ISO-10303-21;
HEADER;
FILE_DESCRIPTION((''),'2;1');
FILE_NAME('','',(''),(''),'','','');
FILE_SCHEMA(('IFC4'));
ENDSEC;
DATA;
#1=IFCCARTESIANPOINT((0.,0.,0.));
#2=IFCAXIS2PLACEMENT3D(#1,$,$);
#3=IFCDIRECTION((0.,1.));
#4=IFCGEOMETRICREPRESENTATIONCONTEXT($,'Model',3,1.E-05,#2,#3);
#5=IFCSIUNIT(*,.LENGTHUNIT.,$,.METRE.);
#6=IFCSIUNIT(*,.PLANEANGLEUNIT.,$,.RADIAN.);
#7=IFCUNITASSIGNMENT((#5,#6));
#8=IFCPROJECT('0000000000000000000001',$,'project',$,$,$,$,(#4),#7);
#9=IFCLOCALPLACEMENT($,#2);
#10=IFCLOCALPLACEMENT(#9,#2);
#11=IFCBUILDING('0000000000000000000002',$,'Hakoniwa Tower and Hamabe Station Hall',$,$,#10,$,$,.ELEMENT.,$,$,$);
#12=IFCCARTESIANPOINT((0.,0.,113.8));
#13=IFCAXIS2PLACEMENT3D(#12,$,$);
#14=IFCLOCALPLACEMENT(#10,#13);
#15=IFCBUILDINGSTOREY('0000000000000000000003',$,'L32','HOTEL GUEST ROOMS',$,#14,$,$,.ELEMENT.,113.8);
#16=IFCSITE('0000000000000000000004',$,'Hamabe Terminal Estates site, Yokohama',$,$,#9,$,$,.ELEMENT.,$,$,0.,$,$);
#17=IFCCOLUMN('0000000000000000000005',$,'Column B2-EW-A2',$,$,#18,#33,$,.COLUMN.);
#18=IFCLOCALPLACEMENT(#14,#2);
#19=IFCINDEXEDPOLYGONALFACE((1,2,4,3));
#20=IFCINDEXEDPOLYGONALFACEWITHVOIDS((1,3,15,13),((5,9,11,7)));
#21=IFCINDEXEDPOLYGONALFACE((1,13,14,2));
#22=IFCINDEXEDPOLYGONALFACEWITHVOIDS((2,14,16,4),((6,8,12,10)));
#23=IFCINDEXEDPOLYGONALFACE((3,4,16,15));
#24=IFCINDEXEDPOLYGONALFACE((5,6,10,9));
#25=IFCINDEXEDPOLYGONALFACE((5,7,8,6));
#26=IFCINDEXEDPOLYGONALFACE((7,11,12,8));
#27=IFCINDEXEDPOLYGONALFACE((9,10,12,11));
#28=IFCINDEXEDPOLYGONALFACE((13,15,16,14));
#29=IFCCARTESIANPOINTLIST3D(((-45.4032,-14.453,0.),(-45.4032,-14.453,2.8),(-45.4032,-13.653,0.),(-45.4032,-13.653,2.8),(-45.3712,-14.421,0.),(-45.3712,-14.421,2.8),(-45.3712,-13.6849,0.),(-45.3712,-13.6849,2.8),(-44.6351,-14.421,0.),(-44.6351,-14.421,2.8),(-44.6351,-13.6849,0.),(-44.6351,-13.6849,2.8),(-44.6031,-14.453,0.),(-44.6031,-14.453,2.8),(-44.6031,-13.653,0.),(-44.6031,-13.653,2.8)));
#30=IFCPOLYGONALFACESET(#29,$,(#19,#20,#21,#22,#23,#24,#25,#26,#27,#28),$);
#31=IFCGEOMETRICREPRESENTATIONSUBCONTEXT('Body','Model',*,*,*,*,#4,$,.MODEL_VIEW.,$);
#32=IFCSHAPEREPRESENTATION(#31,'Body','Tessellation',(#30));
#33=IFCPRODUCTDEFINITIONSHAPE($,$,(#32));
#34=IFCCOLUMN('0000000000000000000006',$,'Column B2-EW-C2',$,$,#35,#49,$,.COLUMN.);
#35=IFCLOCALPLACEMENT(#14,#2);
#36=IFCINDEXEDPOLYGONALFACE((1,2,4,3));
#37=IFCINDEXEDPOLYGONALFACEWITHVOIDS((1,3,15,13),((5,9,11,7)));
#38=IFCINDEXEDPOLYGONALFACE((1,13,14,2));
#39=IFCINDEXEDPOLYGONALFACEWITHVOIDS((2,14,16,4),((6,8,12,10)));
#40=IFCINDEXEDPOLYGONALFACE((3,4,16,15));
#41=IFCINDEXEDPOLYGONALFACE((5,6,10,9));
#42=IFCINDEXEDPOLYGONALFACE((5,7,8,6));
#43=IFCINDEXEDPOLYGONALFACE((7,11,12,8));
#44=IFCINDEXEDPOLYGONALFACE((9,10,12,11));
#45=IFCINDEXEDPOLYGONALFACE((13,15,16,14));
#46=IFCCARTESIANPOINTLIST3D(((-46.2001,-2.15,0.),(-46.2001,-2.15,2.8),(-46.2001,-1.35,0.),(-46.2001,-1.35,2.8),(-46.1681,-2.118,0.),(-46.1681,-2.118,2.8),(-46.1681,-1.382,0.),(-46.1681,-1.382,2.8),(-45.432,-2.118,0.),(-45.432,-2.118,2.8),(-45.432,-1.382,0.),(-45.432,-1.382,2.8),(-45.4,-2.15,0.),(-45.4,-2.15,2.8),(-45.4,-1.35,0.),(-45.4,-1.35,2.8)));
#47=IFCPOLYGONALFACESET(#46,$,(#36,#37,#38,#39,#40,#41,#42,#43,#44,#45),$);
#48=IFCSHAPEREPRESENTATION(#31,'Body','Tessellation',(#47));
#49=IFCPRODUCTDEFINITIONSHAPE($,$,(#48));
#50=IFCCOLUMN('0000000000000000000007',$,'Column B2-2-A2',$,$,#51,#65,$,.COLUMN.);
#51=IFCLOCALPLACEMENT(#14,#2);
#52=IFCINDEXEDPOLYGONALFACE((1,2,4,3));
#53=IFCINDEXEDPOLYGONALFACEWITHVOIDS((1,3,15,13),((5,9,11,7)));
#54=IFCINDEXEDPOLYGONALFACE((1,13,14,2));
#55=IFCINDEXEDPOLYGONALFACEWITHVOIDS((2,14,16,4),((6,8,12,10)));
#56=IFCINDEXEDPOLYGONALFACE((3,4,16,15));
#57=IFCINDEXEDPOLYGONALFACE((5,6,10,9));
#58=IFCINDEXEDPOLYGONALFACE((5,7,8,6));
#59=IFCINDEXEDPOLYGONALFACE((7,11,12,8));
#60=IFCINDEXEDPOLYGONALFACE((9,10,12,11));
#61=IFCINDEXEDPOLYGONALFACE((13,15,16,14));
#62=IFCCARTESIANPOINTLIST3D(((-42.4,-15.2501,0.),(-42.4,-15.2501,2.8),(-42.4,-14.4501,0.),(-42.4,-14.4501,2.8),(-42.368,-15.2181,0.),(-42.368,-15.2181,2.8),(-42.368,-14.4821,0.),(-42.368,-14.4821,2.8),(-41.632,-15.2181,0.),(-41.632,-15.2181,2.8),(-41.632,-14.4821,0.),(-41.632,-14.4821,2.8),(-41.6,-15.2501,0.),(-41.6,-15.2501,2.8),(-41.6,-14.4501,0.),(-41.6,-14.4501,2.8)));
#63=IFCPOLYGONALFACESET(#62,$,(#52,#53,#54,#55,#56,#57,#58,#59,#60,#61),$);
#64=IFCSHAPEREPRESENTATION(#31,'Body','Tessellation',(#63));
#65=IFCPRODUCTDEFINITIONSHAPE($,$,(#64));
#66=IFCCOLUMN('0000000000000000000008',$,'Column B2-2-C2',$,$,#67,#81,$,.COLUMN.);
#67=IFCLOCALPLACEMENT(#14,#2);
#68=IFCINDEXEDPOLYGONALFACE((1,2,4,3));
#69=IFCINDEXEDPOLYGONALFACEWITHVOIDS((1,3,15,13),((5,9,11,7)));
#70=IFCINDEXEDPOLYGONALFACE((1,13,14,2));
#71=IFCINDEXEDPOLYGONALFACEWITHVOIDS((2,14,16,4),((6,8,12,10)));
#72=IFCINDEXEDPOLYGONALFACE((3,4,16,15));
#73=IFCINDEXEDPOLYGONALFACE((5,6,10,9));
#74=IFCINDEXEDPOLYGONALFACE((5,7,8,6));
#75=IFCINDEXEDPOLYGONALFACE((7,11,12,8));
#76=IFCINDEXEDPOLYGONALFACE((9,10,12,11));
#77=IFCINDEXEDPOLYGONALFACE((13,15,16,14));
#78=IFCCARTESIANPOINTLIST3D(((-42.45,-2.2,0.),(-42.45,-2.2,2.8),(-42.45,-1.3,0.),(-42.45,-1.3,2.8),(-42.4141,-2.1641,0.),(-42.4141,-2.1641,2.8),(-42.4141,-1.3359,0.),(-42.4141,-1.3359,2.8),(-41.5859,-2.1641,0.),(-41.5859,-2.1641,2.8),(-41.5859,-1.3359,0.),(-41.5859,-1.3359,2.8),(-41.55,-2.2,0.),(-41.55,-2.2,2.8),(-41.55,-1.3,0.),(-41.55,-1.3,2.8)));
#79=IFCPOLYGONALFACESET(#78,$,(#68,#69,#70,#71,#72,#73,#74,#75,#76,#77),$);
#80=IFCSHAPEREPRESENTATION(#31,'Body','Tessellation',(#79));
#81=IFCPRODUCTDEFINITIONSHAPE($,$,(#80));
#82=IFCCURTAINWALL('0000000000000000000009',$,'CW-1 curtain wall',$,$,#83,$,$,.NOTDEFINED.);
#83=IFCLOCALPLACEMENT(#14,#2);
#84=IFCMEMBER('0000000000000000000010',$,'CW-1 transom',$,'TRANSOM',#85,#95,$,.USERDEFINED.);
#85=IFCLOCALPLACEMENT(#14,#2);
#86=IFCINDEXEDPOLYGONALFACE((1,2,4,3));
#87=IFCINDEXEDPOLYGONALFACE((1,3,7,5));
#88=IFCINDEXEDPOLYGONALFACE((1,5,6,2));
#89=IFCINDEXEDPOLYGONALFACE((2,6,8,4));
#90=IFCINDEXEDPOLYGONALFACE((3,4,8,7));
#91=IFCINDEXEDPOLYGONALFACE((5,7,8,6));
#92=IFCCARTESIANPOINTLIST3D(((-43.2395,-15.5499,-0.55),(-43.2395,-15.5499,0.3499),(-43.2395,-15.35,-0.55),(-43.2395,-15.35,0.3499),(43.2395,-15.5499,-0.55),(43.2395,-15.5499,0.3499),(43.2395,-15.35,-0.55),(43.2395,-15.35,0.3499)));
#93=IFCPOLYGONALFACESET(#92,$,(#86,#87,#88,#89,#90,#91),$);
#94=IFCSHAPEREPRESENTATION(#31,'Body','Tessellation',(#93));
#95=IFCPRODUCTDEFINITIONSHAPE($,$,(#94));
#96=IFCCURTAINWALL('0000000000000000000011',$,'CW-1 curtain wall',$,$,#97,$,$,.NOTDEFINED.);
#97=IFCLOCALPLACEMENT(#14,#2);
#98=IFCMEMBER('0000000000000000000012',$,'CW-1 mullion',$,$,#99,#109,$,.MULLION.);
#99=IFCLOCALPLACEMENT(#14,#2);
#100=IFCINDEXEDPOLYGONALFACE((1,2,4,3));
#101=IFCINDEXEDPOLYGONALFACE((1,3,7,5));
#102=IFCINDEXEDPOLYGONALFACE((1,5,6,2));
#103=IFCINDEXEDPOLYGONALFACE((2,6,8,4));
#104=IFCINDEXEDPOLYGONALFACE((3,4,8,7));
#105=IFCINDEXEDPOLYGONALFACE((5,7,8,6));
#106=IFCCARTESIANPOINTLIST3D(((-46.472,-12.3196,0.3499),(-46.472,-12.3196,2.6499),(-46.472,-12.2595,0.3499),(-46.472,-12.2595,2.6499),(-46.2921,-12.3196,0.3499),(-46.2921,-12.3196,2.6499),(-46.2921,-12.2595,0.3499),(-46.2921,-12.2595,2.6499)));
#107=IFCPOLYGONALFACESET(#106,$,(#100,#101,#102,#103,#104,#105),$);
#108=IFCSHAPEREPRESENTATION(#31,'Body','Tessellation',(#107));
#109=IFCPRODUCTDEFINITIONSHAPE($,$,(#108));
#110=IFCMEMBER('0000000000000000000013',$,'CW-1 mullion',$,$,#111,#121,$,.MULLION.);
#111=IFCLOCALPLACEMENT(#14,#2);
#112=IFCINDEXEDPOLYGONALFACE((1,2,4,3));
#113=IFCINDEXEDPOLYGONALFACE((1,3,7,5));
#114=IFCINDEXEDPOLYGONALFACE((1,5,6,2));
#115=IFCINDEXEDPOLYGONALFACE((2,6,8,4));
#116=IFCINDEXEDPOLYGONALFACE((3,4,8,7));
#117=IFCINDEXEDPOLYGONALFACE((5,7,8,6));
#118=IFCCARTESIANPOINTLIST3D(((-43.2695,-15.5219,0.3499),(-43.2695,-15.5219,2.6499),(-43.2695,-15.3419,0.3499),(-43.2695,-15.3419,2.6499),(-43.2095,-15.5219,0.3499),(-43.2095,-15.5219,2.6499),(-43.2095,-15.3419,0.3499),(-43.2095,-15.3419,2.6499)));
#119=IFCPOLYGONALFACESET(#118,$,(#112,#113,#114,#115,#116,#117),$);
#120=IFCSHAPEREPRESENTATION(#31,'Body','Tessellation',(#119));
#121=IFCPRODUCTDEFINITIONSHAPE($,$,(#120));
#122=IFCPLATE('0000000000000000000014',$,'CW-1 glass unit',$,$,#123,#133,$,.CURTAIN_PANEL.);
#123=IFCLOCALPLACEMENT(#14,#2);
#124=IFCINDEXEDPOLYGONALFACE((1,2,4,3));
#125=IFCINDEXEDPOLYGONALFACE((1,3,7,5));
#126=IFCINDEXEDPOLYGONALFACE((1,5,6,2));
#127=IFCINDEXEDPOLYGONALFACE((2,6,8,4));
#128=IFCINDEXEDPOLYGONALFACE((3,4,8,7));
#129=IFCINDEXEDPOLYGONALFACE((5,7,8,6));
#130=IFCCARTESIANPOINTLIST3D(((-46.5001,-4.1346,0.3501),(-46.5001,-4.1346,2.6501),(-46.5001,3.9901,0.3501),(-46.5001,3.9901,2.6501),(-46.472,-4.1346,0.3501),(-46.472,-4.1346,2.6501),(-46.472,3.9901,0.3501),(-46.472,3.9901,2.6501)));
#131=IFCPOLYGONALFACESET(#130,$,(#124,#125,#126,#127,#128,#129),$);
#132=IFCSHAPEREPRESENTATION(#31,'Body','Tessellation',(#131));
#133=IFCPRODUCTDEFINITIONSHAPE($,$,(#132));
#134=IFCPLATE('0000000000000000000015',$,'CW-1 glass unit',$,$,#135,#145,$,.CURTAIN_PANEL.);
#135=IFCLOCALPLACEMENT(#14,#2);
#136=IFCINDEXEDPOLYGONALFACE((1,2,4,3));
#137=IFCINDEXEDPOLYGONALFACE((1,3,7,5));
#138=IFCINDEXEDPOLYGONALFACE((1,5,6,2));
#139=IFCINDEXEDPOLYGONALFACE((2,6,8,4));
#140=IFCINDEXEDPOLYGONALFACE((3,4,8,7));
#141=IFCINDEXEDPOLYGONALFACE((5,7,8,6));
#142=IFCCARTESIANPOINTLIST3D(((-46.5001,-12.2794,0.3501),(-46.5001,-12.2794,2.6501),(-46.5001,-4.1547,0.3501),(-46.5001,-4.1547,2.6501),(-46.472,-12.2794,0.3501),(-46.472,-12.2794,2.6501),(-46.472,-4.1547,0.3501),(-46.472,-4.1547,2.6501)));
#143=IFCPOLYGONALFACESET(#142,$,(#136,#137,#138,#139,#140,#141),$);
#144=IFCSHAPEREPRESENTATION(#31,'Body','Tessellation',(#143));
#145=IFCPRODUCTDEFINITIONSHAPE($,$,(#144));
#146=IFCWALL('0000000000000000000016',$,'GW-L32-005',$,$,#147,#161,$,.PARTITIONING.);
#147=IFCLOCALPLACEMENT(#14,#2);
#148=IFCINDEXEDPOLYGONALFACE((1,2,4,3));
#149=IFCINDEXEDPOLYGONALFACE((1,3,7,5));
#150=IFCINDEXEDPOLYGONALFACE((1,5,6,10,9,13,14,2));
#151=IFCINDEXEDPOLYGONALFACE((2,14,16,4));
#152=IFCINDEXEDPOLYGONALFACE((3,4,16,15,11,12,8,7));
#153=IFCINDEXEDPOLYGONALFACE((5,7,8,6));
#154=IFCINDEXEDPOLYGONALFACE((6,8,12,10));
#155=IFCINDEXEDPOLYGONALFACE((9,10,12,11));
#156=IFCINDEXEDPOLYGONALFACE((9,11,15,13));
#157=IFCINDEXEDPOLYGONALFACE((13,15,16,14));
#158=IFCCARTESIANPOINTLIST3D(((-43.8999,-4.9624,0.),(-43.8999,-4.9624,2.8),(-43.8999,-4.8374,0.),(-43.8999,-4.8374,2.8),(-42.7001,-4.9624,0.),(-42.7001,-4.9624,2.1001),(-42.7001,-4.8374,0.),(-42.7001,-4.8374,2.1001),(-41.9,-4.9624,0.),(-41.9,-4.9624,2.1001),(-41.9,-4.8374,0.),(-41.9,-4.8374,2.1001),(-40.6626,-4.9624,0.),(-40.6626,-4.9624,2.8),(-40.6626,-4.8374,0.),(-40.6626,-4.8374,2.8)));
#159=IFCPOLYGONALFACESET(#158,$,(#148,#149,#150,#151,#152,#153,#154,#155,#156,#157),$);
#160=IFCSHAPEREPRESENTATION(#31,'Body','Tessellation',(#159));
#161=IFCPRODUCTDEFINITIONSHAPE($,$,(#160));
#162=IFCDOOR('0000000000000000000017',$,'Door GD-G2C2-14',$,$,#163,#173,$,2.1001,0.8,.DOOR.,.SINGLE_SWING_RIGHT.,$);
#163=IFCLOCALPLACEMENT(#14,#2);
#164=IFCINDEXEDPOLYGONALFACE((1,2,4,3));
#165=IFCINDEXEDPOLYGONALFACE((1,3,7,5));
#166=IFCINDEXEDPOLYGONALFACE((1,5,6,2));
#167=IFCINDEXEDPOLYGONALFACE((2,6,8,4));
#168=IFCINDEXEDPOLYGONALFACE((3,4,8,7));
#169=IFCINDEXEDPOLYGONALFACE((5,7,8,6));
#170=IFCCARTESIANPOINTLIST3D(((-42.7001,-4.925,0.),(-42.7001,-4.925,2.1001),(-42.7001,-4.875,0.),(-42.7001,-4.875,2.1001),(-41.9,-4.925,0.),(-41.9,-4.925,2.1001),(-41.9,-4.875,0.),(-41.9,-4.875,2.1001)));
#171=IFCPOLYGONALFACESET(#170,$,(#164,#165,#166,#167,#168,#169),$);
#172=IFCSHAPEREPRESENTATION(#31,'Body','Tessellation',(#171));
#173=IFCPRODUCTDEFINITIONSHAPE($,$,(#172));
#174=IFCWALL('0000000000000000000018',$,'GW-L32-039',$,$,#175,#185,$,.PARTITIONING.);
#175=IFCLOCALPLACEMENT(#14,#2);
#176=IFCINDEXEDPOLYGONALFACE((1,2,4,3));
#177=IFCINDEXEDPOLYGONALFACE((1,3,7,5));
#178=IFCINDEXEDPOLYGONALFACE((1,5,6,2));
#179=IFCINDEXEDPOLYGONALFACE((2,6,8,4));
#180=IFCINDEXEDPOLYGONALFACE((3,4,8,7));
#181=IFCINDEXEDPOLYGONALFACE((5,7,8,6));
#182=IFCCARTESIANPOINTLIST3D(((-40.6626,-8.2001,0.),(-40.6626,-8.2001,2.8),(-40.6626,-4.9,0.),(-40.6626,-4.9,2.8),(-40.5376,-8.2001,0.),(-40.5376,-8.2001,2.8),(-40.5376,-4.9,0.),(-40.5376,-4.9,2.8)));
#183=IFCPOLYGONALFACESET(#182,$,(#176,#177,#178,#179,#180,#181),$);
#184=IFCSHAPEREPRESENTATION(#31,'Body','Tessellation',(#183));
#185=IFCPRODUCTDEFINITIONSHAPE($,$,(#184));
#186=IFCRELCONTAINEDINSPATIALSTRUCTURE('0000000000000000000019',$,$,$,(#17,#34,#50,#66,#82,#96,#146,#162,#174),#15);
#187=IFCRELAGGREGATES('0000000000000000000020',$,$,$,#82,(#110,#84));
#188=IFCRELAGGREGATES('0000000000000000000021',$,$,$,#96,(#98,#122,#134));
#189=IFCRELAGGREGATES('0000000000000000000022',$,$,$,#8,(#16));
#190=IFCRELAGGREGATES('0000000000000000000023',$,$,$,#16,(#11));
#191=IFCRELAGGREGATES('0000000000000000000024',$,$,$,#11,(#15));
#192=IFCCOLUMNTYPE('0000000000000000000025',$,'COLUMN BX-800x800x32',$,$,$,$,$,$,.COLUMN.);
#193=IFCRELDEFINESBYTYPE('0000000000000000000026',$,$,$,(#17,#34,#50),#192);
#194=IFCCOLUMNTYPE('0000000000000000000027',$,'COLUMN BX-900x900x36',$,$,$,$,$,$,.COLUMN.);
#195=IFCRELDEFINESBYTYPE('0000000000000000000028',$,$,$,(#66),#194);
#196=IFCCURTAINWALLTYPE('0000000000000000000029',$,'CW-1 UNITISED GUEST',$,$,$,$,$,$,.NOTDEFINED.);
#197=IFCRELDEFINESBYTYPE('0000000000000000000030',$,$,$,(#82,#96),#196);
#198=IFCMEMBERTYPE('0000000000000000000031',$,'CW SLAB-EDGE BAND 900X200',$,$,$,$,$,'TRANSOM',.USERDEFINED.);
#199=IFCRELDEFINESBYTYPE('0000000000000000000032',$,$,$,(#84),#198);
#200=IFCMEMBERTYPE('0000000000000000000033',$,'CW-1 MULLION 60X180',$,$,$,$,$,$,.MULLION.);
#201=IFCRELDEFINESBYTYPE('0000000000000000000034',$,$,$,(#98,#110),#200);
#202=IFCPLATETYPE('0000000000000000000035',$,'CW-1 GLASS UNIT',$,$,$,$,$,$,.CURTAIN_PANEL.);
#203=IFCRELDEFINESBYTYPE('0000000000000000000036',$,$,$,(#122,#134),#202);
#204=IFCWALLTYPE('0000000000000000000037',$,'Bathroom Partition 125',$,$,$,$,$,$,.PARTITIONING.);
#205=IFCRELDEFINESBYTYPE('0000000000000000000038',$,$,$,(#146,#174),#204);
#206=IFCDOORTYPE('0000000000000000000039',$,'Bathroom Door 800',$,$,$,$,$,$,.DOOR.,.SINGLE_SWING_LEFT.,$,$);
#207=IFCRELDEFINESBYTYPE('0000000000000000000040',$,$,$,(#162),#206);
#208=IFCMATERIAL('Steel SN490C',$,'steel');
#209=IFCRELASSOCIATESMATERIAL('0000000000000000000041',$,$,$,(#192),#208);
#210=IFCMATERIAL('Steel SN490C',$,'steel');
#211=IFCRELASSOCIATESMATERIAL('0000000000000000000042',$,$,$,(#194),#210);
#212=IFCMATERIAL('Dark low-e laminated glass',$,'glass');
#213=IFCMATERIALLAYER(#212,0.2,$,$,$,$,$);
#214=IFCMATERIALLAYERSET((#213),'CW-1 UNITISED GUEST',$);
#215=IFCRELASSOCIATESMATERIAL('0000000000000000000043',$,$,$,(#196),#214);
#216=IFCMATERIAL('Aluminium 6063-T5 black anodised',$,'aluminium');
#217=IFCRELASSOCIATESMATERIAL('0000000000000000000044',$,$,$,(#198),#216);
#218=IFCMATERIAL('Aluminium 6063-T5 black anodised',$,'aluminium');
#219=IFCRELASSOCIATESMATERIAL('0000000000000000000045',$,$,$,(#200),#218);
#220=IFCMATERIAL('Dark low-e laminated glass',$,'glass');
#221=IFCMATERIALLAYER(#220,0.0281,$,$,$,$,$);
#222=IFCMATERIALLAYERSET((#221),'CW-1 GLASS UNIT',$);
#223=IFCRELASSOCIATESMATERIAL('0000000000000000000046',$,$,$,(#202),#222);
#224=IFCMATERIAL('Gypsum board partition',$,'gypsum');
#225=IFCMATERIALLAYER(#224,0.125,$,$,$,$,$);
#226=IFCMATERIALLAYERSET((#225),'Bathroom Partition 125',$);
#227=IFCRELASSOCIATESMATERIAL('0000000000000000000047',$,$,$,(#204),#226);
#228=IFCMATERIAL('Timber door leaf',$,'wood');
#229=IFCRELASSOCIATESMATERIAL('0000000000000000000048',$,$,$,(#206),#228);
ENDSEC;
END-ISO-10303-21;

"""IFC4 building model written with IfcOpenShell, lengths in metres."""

from ifc_helpers import new_model, si_unit, direction, frame, frame_2d, origin, origin_2d, place, context, subcontext, project, spatial, rectangle, hollow_rectangle, extrude, material, layer, layer_set, material_profile, profile_set, type_object, element, fill, aggregate, save


model = new_model("IFC4")

# Units and contexts
model_context = context("Model", 3, precision=1e-05, world=origin(), true_north=direction((0.0, 1.0)))
body_context = subcontext(model_context, "Body", "Model", "MODEL_VIEW")
ifc_project = project(units=[si_unit("LENGTHUNIT", "METRE"), si_unit("PLANEANGLEUNIT", "RADIAN")], contexts=[model_context])

# Site, building, storey
site_placement = place(None, origin())
site = spatial("IfcSite", under=ifc_project, at=site_placement, Name="Hamabe Terminal Estates site, Yokohama", CompositionType="ELEMENT", RefElevation=0.0)
building_placement = place(site_placement, origin())
building = spatial("IfcBuilding", under=site, at=building_placement, Name="Hakoniwa Tower and Hamabe Station Hall", CompositionType="ELEMENT")
storey_placement = place(building_placement, frame((0.0, 0.0, 113.8)))
storey = spatial("IfcBuildingStorey", under=building, at=storey_placement, Name="L32", Description="HOTEL GUEST ROOMS", CompositionType="ELEMENT", Elevation=113.8)

# Columns
ifc_material_1 = material(Name="Steel SN490C", Category="steel")
ifc_material_profile_1 = material_profile(ifc_material_1, hollow_rectangle(XDim=0.8, YDim=0.8, WallThickness=0.032, at=origin_2d()), Name="BX-800x800x32")
ifc_profile_set_1 = profile_set([ifc_material_profile_1], Name="Steel SN490C")
column_type_1 = type_object("IfcColumnType", Name="COLUMN BX-800x800x32", PredefinedType="COLUMN", material=ifc_profile_set_1)
for number, where, z_axis, x_axis, name in (
    (1, (-45.0032, -14.053, 0.0), (0.0, 0.0, 1.0), (1.0, 0.0, 0.0), "Column B2-EW-A2"),
    (2, (-45.8, -1.75, 0.0), (0.0, 0.0, 1.0), (1.0, 0.0, 0.0), "Column B2-EW-C2"),
    (3, (-42.0, -14.8501, 0.0), (0.0, 0.0, 1.0), (1.0, 0.0, 0.0), "Column B2-2-A2"),
):
    element("IfcColumn", number, at=place(storey_placement, frame(where, z_axis=z_axis, x_axis=x_axis)), inside=storey, type_object=column_type_1, Name=name, PredefinedType="COLUMN", context=body_context, shape_type="SweptSolid", body=[
        extrude(hollow_rectangle(XDim=0.8, YDim=0.8, WallThickness=0.032, at=origin_2d()), origin(), (0.0, 0.0, 1.0), 2.8),
    ])
ifc_material_2 = material(Name="Steel SN490C", Category="steel")
ifc_material_profile_2 = material_profile(ifc_material_2, hollow_rectangle(XDim=0.8999, YDim=0.8999, WallThickness=0.0359, at=origin_2d()), Name="BX-900x900x36")
ifc_profile_set_2 = profile_set([ifc_material_profile_2], Name="Steel SN490C")
column_type_2 = type_object("IfcColumnType", Name="COLUMN BX-900x900x36", PredefinedType="COLUMN", material=ifc_profile_set_2)
column_placement = place(storey_placement, frame((-42.0, -1.75, 0.0), z_axis=(0.0, 0.0, 1.0), x_axis=(1.0, 0.0, 0.0)))
element("IfcColumn", 4, at=column_placement, inside=storey, type_object=column_type_2, Name="Column B2-2-C2", PredefinedType="COLUMN", context=body_context, shape_type="SweptSolid", body=[
    extrude(hollow_rectangle(XDim=0.8999, YDim=0.8999, WallThickness=0.0359, at=origin_2d()), origin(), (0.0, 0.0, 1.0), 2.8),
])

# Curtain walls, members
ifc_material_3 = material(Name="Dark low-e laminated glass", Category="glass")
ifc_layer_1 = layer(ifc_material_3, 0.2)
ifc_layer_set_1 = layer_set([ifc_layer_1], Name="CW-1 UNITISED GUEST")
curtain_wall_type = type_object("IfcCurtainWallType", Name="CW-1 UNITISED GUEST", PredefinedType="NOTDEFINED", material=ifc_layer_set_1)
curtain_wall_1_placement = place(storey_placement, origin())
curtain_wall_1 = element("IfcCurtainWall", 5, at=curtain_wall_1_placement, inside=storey, type_object=curtain_wall_type, Name="CW-1 curtain wall", PredefinedType="NOTDEFINED")
ifc_material_4 = material(Name="Aluminium 6063-T5 black anodised", Category="aluminium")
ifc_material_profile_3 = material_profile(ifc_material_4, rectangle(XDim=0.2, YDim=0.8999, at=origin_2d()), Name="CW SLAB-EDGE BAND 900X200")
ifc_profile_set_3 = profile_set([ifc_material_profile_3], Name="Aluminium 6063-T5 black anodised")
member_type_1 = type_object("IfcMemberType", Name="CW SLAB-EDGE BAND 900X200", ElementType="TRANSOM", PredefinedType="USERDEFINED", material=ifc_profile_set_3)
member_1_placement = place(storey_placement, frame((-43.2395, -15.45, -0.1001), z_axis=(1.0, 0.0, 0.0), x_axis=(0.0, 1.0, 0.0)))
member_1 = element("IfcMember", 6, at=member_1_placement, type_object=member_type_1, Name="CW-1 transom", ObjectType="TRANSOM", PredefinedType="USERDEFINED", context=body_context, shape_type="SweptSolid", body=[
    extrude(rectangle(XDim=0.2, YDim=0.8999, at=origin_2d()), origin(), (0.0, 0.0, 1.0), 86.479),
])
curtain_wall_2_placement = place(storey_placement, origin())
curtain_wall_2 = element("IfcCurtainWall", 7, at=curtain_wall_2_placement, inside=storey, type_object=curtain_wall_type, Name="CW-1 curtain wall", PredefinedType="NOTDEFINED")
ifc_material_5 = material(Name="Aluminium 6063-T5 black anodised", Category="aluminium")
ifc_material_profile_4 = material_profile(ifc_material_5, rectangle(XDim=0.0601, YDim=0.1799, at=origin_2d()), Name="CW-1 MULLION 60X180")
ifc_profile_set_4 = profile_set([ifc_material_profile_4], Name="Aluminium 6063-T5 black anodised")
member_type_2 = type_object("IfcMemberType", Name="CW-1 MULLION 60X180", PredefinedType="MULLION", material=ifc_profile_set_4)
member_2_placement = place(storey_placement, frame((-46.3821, -12.2896, 0.3499), z_axis=(0.0, 0.0, 1.0), x_axis=(0.0, -1.0, 0.0)))
member_2 = element("IfcMember", 8, at=member_2_placement, type_object=member_type_2, Name="CW-1 mullion", PredefinedType="MULLION", context=body_context, shape_type="SweptSolid", body=[
    extrude(rectangle(XDim=0.0601, YDim=0.1799, at=origin_2d()), origin(), (0.0, 0.0, 1.0), 2.3),
])

# Member
member_3_placement = place(storey_placement, frame((-43.2395, -15.4319, 0.3499), z_axis=(0.0, 0.0, 1.0), x_axis=(1.0, 0.0, 0.0)))
member_3 = element("IfcMember", 9, at=member_3_placement, type_object=member_type_2, Name="CW-1 mullion", PredefinedType="MULLION", context=body_context, shape_type="SweptSolid", body=[
    extrude(rectangle(XDim=0.0601, YDim=0.1799, at=origin_2d()), origin(), (0.0, 0.0, 1.0), 2.3),
])
aggregate(curtain_wall_1, [member_3, member_1])

# Plates
ifc_material_6 = material(Name="Dark low-e laminated glass", Category="glass")
ifc_layer_2 = layer(ifc_material_6, 0.0281)
ifc_layer_set_2 = layer_set([ifc_layer_2], Name="CW-1 GLASS UNIT")
plate_type = type_object("IfcPlateType", Name="CW-1 GLASS UNIT", PredefinedType="CURTAIN_PANEL", material=ifc_layer_set_2)
plate_1_placement = place(storey_placement, frame((-46.4861, -0.0723, 0.3501), z_axis=(0.0, 0.0, 1.0), x_axis=(0.0, -1.0, 0.0)))
plate_1 = element("IfcPlate", 10, at=plate_1_placement, type_object=plate_type, Name="CW-1 glass unit", PredefinedType="CURTAIN_PANEL", context=body_context, shape_type="SweptSolid", body=[
    extrude(rectangle(XDim=8.1248, YDim=0.0281, at=origin_2d()), origin(), (0.0, 0.0, 1.0), 2.3),
])
plate_2_placement = place(storey_placement, frame((-46.4861, -8.217, 0.3501), z_axis=(0.0, 0.0, 1.0), x_axis=(0.0, -1.0, 0.0)))
plate_2 = element("IfcPlate", 11, at=plate_2_placement, type_object=plate_type, Name="CW-1 glass unit", PredefinedType="CURTAIN_PANEL", context=body_context, shape_type="SweptSolid", body=[
    extrude(rectangle(XDim=8.1248, YDim=0.0281, at=origin_2d()), origin(), (0.0, 0.0, 1.0), 2.3),
])
aggregate(curtain_wall_2, [member_2, plate_1, plate_2])

# Wall, opening, door
ifc_material_7 = material(Name="Gypsum board partition", Category="gypsum")
ifc_layer_3 = layer(ifc_material_7, 0.125)
ifc_layer_set_3 = layer_set([ifc_layer_3], Name="Bathroom Partition 125")
wall_type_1 = type_object("IfcWallType", Name="Bathroom Partition 125", PredefinedType="PARTITIONING", material=ifc_layer_set_3)
wall_1_placement = place(storey_placement, frame((-43.8999, -4.8999, 0.0), z_axis=(0.0, 0.0, 1.0), x_axis=(1.0, 0.0, 0.0)))
wall_1 = element("IfcWall", 12, at=wall_1_placement, inside=storey, type_object=wall_type_1, Name="GW-L32-005", PredefinedType="PARTITIONING", context=body_context, shape_type="SweptSolid", body=[
    extrude(rectangle(XDim=3.2373, YDim=0.125, at=frame_2d((1.6187, 0.0))), origin(), (0.0, 0.0, 1.0), 2.8),
])
opening_1_placement = place(wall_1_placement, frame((1.2, 0.0, 0.0)))
opening_1 = element("IfcOpeningElement", 13, at=opening_1_placement, cuts=wall_1, PredefinedType="OPENING", context=body_context, shape_type="SweptSolid", body=[
    extrude(rectangle(XDim=0.8, YDim=2.1001, at=frame_2d((0.3999, 1.05))), frame((0.0, 0.0725, 0.0), z_axis=(0.0, -1.0, 0.0), x_axis=(1.0, 0.0, 0.0)), (0.0, 0.0, 1.0), 0.145),
])
ifc_material_8 = material(Name="Timber door leaf", Category="wood")
door_type_1 = type_object("IfcDoorType", Name="Bathroom Door 800", OperationType="SINGLE_SWING_LEFT", PredefinedType="DOOR", material=ifc_material_8)
door_1_placement = place(opening_1_placement, origin())
door_1 = element("IfcDoor", 14, at=door_1_placement, inside=storey, type_object=door_type_1, Name="Door GD-G2C2-14", OperationType="SINGLE_SWING_RIGHT", OverallHeight=2.1001, OverallWidth=0.8, PredefinedType="DOOR", context=body_context, shape_type="SweptSolid", body=[
    extrude(rectangle(XDim=0.8, YDim=2.1001, at=frame_2d((0.3999, 1.05))), frame((0.0, 0.0249, 0.0), z_axis=(0.0, -1.0, 0.0), x_axis=(1.0, 0.0, 0.0)), (0.0, 0.0, 1.0), 0.05),
])
fill(opening_1, door_1)

# Wall
wall_2_placement = place(storey_placement, frame((-40.6001, -8.2, 0.0), z_axis=(0.0, 0.0, 1.0), x_axis=(0.0, 1.0, 0.0)))
element("IfcWall", 15, at=wall_2_placement, inside=storey, type_object=wall_type_1, Name="GW-L32-039", PredefinedType="PARTITIONING", context=body_context, shape_type="SweptSolid", body=[
    extrude(rectangle(XDim=3.3, YDim=0.125, at=frame_2d((1.6499, 0.0))), origin(), (0.0, 0.0, 1.0), 2.8),
])

save(model, "model.ifc")
